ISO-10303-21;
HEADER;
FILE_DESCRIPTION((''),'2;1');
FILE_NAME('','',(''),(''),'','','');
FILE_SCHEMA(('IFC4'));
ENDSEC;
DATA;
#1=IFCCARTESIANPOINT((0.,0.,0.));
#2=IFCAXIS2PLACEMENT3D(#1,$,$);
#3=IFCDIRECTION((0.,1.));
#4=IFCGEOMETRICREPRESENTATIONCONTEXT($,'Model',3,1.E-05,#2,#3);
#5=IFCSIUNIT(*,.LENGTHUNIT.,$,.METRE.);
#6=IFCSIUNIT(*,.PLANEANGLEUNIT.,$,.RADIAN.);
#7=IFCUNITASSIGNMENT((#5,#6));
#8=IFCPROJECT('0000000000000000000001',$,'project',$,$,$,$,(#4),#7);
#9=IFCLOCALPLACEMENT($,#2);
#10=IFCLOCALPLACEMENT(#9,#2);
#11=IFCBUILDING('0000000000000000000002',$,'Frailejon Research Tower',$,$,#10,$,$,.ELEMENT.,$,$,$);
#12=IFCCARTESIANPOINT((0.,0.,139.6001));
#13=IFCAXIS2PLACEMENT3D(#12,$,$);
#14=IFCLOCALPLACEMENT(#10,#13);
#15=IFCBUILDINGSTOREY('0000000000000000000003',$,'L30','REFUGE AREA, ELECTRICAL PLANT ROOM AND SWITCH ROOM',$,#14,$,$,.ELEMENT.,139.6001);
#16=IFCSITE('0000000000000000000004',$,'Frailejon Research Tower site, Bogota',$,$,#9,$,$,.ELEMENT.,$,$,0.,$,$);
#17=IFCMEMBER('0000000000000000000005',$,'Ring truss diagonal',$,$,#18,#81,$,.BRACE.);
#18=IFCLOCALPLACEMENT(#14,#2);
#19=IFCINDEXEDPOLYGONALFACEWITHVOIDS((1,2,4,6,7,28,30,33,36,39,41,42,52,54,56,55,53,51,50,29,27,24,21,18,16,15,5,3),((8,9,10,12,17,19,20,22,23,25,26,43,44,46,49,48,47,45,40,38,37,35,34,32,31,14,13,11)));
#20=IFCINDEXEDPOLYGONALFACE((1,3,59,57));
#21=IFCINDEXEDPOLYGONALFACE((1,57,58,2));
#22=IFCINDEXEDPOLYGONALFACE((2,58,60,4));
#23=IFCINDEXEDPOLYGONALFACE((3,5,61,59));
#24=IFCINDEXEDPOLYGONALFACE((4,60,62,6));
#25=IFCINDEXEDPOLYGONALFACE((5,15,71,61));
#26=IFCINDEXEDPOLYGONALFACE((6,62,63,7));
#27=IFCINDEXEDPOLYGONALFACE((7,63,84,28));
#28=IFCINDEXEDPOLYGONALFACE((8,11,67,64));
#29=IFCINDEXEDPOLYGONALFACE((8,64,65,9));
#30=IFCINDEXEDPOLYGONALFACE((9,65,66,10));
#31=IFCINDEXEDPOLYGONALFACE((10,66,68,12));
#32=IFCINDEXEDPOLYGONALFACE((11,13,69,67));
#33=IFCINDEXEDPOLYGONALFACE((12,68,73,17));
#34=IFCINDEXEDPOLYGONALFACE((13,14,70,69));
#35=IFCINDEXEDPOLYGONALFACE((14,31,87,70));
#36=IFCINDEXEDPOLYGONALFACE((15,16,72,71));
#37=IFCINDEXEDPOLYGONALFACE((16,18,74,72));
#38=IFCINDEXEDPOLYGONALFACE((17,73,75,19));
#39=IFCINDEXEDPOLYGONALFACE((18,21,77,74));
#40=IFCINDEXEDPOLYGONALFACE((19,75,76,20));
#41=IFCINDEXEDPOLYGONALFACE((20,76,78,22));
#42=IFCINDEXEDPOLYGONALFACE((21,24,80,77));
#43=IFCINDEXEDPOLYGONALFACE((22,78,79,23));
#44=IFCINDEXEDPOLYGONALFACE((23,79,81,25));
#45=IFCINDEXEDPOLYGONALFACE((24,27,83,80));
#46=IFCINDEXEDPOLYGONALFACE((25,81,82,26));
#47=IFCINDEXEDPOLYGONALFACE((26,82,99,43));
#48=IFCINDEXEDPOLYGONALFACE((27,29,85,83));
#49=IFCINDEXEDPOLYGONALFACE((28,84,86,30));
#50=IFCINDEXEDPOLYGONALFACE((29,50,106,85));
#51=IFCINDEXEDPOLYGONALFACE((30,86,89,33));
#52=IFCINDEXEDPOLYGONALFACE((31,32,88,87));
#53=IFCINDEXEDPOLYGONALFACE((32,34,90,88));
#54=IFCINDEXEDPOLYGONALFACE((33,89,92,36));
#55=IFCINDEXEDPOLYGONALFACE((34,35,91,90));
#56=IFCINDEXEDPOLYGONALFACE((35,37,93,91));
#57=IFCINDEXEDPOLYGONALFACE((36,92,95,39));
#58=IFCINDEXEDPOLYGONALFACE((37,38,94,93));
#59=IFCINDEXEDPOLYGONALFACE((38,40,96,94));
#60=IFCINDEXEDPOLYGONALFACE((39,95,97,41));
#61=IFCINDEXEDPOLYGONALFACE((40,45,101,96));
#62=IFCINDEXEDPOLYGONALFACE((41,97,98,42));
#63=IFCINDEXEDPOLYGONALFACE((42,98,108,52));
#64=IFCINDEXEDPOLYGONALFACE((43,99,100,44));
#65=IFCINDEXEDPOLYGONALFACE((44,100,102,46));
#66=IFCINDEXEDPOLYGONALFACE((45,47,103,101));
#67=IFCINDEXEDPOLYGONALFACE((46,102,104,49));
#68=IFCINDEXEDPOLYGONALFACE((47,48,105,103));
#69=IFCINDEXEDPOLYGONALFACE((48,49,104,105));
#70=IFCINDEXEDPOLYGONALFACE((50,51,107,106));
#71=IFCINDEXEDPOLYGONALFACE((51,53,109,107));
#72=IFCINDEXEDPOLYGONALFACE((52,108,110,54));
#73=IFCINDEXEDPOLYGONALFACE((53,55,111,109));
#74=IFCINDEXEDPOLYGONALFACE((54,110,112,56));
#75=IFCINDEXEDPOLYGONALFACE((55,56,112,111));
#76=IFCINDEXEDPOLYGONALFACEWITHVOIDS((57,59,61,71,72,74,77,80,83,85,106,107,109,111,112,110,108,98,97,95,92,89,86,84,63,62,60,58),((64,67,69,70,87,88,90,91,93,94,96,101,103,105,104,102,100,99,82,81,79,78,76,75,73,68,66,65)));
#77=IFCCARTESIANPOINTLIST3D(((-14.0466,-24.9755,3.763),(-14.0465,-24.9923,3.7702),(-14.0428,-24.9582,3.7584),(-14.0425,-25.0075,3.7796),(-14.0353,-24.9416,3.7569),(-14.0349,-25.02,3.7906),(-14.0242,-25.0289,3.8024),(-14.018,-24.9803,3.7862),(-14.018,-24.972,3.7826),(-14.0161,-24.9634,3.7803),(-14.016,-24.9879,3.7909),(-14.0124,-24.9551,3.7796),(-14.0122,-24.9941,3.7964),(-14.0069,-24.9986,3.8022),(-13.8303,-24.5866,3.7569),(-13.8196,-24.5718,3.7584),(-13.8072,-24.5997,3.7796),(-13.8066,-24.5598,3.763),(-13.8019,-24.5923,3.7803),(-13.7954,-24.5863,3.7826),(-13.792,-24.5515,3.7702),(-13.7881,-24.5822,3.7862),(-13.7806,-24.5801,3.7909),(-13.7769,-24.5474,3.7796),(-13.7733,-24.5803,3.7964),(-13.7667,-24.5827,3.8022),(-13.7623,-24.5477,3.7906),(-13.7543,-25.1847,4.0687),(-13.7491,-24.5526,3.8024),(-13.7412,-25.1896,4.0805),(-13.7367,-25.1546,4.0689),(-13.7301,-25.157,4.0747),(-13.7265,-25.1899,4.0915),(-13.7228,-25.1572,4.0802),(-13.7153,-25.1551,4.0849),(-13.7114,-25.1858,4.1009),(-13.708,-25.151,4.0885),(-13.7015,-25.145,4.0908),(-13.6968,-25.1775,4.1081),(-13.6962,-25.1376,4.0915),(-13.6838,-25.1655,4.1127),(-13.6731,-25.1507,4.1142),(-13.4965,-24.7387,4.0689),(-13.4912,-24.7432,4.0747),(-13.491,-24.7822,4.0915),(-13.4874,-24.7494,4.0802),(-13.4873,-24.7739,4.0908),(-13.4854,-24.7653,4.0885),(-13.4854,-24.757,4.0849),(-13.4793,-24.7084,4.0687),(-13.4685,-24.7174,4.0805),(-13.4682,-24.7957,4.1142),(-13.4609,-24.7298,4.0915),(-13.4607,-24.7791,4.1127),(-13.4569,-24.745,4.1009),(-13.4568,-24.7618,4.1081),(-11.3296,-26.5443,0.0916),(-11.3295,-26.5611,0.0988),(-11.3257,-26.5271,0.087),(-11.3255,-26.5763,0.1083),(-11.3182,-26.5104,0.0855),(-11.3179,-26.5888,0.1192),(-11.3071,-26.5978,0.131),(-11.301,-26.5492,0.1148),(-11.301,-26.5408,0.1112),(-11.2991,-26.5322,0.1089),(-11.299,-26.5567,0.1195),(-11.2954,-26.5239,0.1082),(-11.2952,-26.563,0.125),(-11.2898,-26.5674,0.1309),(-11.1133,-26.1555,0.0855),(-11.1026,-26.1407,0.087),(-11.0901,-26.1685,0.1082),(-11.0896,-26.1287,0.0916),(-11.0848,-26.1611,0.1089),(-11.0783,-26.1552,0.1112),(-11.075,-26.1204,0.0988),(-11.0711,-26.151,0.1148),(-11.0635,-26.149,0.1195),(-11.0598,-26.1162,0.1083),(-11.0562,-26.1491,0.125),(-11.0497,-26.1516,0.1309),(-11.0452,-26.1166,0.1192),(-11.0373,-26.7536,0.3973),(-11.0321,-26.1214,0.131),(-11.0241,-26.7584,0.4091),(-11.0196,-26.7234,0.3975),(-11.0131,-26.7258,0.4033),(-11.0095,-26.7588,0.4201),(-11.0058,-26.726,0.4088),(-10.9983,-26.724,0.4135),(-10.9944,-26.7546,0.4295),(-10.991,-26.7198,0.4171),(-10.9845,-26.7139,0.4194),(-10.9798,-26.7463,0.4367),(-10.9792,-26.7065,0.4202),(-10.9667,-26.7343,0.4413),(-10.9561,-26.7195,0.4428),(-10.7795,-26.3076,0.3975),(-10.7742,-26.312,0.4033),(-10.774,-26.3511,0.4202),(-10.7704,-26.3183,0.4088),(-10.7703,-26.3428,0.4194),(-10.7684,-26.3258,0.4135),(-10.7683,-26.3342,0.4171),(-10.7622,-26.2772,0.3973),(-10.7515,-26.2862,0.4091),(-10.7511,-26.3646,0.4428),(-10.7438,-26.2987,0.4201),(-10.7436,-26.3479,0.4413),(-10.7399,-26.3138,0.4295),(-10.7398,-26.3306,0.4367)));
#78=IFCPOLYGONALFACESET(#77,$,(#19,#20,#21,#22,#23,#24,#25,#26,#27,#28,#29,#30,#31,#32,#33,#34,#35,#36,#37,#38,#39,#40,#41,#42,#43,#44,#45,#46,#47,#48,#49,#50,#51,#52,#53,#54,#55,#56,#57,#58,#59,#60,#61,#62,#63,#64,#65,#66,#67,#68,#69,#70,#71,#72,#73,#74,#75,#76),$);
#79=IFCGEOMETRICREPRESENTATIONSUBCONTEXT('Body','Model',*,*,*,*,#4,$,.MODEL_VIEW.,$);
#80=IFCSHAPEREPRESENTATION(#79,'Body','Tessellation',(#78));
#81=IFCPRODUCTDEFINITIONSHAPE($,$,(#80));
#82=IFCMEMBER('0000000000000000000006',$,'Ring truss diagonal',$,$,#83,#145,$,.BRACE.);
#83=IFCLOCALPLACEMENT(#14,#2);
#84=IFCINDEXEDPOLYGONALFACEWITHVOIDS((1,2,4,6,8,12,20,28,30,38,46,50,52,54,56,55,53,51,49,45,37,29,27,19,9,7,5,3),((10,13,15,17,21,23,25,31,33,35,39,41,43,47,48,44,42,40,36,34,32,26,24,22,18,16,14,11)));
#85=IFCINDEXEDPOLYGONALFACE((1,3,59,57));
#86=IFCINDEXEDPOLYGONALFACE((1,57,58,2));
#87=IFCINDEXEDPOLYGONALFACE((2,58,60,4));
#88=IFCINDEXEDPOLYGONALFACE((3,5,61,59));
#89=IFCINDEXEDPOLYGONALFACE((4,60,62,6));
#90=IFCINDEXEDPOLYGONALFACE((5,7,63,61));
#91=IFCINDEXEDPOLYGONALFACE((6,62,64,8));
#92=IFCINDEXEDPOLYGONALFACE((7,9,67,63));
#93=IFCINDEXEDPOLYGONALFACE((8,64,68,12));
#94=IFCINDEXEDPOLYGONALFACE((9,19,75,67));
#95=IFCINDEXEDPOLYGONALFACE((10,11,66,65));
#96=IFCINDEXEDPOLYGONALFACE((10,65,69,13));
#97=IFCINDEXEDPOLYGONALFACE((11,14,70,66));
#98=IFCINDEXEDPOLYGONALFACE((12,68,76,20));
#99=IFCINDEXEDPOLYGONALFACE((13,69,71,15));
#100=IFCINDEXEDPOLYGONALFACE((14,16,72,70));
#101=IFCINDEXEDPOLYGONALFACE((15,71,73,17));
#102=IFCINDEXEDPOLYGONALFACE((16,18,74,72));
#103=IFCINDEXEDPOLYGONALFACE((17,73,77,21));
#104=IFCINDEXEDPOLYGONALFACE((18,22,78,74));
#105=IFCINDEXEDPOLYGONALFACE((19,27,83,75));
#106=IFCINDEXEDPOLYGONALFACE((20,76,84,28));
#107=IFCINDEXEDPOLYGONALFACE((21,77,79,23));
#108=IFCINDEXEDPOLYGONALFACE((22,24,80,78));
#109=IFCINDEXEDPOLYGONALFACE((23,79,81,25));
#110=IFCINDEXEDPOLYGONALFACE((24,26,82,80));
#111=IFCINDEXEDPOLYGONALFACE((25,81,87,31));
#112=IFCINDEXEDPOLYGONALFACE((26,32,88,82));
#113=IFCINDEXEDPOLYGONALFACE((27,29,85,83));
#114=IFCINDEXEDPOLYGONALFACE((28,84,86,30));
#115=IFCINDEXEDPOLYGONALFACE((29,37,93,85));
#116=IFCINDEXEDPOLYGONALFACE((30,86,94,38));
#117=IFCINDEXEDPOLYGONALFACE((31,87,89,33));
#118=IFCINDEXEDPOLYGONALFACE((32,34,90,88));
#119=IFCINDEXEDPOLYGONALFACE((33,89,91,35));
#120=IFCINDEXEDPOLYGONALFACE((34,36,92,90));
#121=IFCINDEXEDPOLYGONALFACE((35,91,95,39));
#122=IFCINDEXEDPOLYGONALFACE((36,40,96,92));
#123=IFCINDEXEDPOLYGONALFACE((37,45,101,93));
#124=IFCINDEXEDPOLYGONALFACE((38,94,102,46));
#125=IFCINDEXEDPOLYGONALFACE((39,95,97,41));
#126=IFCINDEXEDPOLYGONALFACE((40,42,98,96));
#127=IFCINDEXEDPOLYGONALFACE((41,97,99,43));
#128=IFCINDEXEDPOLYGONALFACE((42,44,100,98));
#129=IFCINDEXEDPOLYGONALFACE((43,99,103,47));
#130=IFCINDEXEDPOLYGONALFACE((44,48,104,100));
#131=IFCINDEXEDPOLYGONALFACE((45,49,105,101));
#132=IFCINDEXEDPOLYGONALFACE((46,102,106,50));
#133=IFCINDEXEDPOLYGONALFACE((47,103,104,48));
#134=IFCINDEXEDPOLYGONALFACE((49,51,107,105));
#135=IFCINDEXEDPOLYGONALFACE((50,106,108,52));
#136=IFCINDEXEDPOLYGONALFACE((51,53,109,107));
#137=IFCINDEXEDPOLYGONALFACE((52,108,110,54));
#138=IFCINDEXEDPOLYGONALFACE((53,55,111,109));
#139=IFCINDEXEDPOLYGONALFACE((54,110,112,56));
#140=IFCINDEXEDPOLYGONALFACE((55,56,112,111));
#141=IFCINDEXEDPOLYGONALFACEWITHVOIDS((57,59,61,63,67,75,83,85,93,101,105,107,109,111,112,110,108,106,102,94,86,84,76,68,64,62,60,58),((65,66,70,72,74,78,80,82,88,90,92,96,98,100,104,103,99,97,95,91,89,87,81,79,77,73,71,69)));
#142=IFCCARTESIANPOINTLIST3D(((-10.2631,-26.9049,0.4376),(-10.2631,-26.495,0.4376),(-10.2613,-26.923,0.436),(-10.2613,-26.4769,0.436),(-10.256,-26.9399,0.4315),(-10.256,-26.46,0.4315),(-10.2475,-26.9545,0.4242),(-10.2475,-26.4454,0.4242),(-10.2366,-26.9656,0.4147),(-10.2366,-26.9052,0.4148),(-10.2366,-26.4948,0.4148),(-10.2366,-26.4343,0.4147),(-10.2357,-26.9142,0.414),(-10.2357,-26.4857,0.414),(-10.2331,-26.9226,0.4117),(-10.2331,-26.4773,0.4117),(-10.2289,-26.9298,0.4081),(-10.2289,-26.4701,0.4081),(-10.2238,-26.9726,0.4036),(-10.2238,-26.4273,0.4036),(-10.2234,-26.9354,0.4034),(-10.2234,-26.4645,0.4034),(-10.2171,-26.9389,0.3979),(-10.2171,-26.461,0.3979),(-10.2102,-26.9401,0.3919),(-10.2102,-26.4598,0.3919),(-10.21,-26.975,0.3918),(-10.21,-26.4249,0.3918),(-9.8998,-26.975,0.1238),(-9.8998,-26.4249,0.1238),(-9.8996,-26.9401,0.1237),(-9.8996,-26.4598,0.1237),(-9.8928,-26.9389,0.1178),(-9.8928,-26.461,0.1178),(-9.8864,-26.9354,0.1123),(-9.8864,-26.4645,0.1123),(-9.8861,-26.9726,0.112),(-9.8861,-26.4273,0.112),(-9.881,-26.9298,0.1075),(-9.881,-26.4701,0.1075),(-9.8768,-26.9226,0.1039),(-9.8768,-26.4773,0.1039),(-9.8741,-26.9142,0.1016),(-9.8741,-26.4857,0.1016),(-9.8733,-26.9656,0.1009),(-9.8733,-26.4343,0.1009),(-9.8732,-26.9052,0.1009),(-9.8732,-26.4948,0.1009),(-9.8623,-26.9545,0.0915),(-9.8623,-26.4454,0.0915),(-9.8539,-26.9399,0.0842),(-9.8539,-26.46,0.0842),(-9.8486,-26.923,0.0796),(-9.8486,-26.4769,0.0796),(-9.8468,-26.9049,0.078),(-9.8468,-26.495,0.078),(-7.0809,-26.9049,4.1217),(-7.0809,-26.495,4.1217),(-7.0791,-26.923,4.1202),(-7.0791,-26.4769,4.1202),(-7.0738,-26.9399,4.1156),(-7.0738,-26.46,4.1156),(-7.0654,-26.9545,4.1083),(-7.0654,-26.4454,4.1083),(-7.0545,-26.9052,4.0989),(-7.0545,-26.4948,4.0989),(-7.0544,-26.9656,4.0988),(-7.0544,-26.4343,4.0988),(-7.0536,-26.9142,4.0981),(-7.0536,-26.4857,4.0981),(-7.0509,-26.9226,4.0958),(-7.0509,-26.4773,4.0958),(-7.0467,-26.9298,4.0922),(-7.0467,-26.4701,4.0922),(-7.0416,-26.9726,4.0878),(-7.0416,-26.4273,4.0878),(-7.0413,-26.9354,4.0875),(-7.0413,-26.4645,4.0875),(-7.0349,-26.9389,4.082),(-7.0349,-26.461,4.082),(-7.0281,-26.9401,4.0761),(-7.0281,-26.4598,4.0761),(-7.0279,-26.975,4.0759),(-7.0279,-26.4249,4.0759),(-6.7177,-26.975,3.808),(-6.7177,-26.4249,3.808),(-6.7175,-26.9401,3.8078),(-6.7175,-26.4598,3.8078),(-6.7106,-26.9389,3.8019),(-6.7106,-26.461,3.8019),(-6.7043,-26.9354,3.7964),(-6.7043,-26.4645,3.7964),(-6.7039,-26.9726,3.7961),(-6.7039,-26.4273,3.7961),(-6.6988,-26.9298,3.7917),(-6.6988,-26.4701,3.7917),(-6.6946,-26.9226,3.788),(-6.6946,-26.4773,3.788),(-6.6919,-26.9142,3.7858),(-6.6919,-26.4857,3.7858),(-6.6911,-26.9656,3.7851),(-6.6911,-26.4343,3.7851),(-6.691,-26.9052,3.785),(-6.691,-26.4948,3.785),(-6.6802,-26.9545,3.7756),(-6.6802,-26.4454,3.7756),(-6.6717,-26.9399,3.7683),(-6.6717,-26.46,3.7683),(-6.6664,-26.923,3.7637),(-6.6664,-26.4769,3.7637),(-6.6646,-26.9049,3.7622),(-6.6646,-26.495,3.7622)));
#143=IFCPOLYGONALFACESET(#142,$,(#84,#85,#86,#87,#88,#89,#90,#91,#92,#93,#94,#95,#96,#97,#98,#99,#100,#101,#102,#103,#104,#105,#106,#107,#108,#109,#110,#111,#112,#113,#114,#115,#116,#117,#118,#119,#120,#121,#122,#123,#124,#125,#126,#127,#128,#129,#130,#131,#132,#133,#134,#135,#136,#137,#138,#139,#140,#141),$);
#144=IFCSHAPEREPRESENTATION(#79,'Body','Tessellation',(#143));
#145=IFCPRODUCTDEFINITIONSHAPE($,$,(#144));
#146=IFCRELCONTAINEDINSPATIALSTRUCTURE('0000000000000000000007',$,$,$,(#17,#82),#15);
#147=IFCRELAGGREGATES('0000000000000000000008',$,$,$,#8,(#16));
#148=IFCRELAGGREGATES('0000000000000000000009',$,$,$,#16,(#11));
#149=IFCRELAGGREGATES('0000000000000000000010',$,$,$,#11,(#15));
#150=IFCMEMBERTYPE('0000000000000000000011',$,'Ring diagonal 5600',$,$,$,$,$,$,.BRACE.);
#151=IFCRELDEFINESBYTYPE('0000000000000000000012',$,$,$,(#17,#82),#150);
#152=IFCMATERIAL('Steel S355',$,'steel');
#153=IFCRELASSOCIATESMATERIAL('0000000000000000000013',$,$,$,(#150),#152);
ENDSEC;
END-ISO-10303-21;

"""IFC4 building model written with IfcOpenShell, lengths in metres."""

from ifc_helpers import new_model, si_unit, direction, frame, origin, origin_2d, place, context, subcontext, project, spatial, hollow_rectangle, extrude, material, material_profile, profile_set, type_object, element, save


model = new_model("IFC4")

# Units and contexts
model_context = context("Model", 3, precision=1e-05, world=origin(), true_north=direction((0.0, 1.0)))
body_context = subcontext(model_context, "Body", "Model", "MODEL_VIEW")
ifc_project = project(units=[si_unit("LENGTHUNIT", "METRE"), si_unit("PLANEANGLEUNIT", "RADIAN")], contexts=[model_context])

# Site, building, storey
site_placement = place(None, origin())
site = spatial("IfcSite", under=ifc_project, at=site_placement, Name="Frailejon Research Tower site, Bogota", CompositionType="ELEMENT", RefElevation=0.0)
building_placement = place(site_placement, origin())
building = spatial("IfcBuilding", under=site, at=building_placement, Name="Frailejon Research Tower", CompositionType="ELEMENT")
storey_placement = place(building_placement, frame((0.0, 0.0, 139.6001)))
storey = spatial("IfcBuildingStorey", under=building, at=storey_placement, Name="L30", Description="REFUGE AREA, ELECTRICAL PLANT ROOM AND SWITCH ROOM", CompositionType="ELEMENT", Elevation=139.6001)

# Members
ifc_material_1 = material(Name="Steel S355", Category="steel")
ifc_material_profile_1 = material_profile(ifc_material_1, hollow_rectangle(XDim=0.55, YDim=0.55, WallThickness=0.0349, InnerFilletRadius=0.0349, OuterFilletRadius=0.0701, at=origin_2d()), Name="Ring diagonal 5600")
ifc_profile_set_1 = profile_set([ifc_material_profile_1], Name="Steel S355")
member_type = type_object("IfcMemberType", Name="Ring diagonal 5600", PredefinedType="BRACE", material=ifc_profile_set_1)
member_1_placement = place(storey_placement, frame((-13.7517, -24.8687, 3.9355), z_axis=(0.562609, -0.324857, -0.760223), x_axis=(0.500039, 0.866003, 0.0)))
element("IfcMember", 1, at=member_1_placement, inside=storey, type_object=member_type, Name="Ring truss diagonal", PredefinedType="BRACE", context=body_context, shape_type="SweptSolid", body=[
    extrude(hollow_rectangle(XDim=0.55, YDim=0.55, WallThickness=0.0349, InnerFilletRadius=0.0349, OuterFilletRadius=0.0701, at=origin_2d()), origin(), (0.0, 0.0, 1.0), 4.8293),
])
member_2_placement = place(storey_placement, frame((-10.0549, -26.7, 0.2578), z_axis=(0.653669, 0.0, 0.75678), x_axis=(0.0, 1.0, 0.0)))
element("IfcMember", 2, at=member_2_placement, inside=storey, type_object=member_type, Name="Ring truss diagonal", PredefinedType="BRACE", context=body_context, shape_type="SweptSolid", body=[
    extrude(hollow_rectangle(XDim=0.55, YDim=0.55, WallThickness=0.0349, InnerFilletRadius=0.0349, OuterFilletRadius=0.0701, at=origin_2d()), origin(), (0.0, 0.0, 1.0), 4.8682),
])

save(model, "model.ifc")
